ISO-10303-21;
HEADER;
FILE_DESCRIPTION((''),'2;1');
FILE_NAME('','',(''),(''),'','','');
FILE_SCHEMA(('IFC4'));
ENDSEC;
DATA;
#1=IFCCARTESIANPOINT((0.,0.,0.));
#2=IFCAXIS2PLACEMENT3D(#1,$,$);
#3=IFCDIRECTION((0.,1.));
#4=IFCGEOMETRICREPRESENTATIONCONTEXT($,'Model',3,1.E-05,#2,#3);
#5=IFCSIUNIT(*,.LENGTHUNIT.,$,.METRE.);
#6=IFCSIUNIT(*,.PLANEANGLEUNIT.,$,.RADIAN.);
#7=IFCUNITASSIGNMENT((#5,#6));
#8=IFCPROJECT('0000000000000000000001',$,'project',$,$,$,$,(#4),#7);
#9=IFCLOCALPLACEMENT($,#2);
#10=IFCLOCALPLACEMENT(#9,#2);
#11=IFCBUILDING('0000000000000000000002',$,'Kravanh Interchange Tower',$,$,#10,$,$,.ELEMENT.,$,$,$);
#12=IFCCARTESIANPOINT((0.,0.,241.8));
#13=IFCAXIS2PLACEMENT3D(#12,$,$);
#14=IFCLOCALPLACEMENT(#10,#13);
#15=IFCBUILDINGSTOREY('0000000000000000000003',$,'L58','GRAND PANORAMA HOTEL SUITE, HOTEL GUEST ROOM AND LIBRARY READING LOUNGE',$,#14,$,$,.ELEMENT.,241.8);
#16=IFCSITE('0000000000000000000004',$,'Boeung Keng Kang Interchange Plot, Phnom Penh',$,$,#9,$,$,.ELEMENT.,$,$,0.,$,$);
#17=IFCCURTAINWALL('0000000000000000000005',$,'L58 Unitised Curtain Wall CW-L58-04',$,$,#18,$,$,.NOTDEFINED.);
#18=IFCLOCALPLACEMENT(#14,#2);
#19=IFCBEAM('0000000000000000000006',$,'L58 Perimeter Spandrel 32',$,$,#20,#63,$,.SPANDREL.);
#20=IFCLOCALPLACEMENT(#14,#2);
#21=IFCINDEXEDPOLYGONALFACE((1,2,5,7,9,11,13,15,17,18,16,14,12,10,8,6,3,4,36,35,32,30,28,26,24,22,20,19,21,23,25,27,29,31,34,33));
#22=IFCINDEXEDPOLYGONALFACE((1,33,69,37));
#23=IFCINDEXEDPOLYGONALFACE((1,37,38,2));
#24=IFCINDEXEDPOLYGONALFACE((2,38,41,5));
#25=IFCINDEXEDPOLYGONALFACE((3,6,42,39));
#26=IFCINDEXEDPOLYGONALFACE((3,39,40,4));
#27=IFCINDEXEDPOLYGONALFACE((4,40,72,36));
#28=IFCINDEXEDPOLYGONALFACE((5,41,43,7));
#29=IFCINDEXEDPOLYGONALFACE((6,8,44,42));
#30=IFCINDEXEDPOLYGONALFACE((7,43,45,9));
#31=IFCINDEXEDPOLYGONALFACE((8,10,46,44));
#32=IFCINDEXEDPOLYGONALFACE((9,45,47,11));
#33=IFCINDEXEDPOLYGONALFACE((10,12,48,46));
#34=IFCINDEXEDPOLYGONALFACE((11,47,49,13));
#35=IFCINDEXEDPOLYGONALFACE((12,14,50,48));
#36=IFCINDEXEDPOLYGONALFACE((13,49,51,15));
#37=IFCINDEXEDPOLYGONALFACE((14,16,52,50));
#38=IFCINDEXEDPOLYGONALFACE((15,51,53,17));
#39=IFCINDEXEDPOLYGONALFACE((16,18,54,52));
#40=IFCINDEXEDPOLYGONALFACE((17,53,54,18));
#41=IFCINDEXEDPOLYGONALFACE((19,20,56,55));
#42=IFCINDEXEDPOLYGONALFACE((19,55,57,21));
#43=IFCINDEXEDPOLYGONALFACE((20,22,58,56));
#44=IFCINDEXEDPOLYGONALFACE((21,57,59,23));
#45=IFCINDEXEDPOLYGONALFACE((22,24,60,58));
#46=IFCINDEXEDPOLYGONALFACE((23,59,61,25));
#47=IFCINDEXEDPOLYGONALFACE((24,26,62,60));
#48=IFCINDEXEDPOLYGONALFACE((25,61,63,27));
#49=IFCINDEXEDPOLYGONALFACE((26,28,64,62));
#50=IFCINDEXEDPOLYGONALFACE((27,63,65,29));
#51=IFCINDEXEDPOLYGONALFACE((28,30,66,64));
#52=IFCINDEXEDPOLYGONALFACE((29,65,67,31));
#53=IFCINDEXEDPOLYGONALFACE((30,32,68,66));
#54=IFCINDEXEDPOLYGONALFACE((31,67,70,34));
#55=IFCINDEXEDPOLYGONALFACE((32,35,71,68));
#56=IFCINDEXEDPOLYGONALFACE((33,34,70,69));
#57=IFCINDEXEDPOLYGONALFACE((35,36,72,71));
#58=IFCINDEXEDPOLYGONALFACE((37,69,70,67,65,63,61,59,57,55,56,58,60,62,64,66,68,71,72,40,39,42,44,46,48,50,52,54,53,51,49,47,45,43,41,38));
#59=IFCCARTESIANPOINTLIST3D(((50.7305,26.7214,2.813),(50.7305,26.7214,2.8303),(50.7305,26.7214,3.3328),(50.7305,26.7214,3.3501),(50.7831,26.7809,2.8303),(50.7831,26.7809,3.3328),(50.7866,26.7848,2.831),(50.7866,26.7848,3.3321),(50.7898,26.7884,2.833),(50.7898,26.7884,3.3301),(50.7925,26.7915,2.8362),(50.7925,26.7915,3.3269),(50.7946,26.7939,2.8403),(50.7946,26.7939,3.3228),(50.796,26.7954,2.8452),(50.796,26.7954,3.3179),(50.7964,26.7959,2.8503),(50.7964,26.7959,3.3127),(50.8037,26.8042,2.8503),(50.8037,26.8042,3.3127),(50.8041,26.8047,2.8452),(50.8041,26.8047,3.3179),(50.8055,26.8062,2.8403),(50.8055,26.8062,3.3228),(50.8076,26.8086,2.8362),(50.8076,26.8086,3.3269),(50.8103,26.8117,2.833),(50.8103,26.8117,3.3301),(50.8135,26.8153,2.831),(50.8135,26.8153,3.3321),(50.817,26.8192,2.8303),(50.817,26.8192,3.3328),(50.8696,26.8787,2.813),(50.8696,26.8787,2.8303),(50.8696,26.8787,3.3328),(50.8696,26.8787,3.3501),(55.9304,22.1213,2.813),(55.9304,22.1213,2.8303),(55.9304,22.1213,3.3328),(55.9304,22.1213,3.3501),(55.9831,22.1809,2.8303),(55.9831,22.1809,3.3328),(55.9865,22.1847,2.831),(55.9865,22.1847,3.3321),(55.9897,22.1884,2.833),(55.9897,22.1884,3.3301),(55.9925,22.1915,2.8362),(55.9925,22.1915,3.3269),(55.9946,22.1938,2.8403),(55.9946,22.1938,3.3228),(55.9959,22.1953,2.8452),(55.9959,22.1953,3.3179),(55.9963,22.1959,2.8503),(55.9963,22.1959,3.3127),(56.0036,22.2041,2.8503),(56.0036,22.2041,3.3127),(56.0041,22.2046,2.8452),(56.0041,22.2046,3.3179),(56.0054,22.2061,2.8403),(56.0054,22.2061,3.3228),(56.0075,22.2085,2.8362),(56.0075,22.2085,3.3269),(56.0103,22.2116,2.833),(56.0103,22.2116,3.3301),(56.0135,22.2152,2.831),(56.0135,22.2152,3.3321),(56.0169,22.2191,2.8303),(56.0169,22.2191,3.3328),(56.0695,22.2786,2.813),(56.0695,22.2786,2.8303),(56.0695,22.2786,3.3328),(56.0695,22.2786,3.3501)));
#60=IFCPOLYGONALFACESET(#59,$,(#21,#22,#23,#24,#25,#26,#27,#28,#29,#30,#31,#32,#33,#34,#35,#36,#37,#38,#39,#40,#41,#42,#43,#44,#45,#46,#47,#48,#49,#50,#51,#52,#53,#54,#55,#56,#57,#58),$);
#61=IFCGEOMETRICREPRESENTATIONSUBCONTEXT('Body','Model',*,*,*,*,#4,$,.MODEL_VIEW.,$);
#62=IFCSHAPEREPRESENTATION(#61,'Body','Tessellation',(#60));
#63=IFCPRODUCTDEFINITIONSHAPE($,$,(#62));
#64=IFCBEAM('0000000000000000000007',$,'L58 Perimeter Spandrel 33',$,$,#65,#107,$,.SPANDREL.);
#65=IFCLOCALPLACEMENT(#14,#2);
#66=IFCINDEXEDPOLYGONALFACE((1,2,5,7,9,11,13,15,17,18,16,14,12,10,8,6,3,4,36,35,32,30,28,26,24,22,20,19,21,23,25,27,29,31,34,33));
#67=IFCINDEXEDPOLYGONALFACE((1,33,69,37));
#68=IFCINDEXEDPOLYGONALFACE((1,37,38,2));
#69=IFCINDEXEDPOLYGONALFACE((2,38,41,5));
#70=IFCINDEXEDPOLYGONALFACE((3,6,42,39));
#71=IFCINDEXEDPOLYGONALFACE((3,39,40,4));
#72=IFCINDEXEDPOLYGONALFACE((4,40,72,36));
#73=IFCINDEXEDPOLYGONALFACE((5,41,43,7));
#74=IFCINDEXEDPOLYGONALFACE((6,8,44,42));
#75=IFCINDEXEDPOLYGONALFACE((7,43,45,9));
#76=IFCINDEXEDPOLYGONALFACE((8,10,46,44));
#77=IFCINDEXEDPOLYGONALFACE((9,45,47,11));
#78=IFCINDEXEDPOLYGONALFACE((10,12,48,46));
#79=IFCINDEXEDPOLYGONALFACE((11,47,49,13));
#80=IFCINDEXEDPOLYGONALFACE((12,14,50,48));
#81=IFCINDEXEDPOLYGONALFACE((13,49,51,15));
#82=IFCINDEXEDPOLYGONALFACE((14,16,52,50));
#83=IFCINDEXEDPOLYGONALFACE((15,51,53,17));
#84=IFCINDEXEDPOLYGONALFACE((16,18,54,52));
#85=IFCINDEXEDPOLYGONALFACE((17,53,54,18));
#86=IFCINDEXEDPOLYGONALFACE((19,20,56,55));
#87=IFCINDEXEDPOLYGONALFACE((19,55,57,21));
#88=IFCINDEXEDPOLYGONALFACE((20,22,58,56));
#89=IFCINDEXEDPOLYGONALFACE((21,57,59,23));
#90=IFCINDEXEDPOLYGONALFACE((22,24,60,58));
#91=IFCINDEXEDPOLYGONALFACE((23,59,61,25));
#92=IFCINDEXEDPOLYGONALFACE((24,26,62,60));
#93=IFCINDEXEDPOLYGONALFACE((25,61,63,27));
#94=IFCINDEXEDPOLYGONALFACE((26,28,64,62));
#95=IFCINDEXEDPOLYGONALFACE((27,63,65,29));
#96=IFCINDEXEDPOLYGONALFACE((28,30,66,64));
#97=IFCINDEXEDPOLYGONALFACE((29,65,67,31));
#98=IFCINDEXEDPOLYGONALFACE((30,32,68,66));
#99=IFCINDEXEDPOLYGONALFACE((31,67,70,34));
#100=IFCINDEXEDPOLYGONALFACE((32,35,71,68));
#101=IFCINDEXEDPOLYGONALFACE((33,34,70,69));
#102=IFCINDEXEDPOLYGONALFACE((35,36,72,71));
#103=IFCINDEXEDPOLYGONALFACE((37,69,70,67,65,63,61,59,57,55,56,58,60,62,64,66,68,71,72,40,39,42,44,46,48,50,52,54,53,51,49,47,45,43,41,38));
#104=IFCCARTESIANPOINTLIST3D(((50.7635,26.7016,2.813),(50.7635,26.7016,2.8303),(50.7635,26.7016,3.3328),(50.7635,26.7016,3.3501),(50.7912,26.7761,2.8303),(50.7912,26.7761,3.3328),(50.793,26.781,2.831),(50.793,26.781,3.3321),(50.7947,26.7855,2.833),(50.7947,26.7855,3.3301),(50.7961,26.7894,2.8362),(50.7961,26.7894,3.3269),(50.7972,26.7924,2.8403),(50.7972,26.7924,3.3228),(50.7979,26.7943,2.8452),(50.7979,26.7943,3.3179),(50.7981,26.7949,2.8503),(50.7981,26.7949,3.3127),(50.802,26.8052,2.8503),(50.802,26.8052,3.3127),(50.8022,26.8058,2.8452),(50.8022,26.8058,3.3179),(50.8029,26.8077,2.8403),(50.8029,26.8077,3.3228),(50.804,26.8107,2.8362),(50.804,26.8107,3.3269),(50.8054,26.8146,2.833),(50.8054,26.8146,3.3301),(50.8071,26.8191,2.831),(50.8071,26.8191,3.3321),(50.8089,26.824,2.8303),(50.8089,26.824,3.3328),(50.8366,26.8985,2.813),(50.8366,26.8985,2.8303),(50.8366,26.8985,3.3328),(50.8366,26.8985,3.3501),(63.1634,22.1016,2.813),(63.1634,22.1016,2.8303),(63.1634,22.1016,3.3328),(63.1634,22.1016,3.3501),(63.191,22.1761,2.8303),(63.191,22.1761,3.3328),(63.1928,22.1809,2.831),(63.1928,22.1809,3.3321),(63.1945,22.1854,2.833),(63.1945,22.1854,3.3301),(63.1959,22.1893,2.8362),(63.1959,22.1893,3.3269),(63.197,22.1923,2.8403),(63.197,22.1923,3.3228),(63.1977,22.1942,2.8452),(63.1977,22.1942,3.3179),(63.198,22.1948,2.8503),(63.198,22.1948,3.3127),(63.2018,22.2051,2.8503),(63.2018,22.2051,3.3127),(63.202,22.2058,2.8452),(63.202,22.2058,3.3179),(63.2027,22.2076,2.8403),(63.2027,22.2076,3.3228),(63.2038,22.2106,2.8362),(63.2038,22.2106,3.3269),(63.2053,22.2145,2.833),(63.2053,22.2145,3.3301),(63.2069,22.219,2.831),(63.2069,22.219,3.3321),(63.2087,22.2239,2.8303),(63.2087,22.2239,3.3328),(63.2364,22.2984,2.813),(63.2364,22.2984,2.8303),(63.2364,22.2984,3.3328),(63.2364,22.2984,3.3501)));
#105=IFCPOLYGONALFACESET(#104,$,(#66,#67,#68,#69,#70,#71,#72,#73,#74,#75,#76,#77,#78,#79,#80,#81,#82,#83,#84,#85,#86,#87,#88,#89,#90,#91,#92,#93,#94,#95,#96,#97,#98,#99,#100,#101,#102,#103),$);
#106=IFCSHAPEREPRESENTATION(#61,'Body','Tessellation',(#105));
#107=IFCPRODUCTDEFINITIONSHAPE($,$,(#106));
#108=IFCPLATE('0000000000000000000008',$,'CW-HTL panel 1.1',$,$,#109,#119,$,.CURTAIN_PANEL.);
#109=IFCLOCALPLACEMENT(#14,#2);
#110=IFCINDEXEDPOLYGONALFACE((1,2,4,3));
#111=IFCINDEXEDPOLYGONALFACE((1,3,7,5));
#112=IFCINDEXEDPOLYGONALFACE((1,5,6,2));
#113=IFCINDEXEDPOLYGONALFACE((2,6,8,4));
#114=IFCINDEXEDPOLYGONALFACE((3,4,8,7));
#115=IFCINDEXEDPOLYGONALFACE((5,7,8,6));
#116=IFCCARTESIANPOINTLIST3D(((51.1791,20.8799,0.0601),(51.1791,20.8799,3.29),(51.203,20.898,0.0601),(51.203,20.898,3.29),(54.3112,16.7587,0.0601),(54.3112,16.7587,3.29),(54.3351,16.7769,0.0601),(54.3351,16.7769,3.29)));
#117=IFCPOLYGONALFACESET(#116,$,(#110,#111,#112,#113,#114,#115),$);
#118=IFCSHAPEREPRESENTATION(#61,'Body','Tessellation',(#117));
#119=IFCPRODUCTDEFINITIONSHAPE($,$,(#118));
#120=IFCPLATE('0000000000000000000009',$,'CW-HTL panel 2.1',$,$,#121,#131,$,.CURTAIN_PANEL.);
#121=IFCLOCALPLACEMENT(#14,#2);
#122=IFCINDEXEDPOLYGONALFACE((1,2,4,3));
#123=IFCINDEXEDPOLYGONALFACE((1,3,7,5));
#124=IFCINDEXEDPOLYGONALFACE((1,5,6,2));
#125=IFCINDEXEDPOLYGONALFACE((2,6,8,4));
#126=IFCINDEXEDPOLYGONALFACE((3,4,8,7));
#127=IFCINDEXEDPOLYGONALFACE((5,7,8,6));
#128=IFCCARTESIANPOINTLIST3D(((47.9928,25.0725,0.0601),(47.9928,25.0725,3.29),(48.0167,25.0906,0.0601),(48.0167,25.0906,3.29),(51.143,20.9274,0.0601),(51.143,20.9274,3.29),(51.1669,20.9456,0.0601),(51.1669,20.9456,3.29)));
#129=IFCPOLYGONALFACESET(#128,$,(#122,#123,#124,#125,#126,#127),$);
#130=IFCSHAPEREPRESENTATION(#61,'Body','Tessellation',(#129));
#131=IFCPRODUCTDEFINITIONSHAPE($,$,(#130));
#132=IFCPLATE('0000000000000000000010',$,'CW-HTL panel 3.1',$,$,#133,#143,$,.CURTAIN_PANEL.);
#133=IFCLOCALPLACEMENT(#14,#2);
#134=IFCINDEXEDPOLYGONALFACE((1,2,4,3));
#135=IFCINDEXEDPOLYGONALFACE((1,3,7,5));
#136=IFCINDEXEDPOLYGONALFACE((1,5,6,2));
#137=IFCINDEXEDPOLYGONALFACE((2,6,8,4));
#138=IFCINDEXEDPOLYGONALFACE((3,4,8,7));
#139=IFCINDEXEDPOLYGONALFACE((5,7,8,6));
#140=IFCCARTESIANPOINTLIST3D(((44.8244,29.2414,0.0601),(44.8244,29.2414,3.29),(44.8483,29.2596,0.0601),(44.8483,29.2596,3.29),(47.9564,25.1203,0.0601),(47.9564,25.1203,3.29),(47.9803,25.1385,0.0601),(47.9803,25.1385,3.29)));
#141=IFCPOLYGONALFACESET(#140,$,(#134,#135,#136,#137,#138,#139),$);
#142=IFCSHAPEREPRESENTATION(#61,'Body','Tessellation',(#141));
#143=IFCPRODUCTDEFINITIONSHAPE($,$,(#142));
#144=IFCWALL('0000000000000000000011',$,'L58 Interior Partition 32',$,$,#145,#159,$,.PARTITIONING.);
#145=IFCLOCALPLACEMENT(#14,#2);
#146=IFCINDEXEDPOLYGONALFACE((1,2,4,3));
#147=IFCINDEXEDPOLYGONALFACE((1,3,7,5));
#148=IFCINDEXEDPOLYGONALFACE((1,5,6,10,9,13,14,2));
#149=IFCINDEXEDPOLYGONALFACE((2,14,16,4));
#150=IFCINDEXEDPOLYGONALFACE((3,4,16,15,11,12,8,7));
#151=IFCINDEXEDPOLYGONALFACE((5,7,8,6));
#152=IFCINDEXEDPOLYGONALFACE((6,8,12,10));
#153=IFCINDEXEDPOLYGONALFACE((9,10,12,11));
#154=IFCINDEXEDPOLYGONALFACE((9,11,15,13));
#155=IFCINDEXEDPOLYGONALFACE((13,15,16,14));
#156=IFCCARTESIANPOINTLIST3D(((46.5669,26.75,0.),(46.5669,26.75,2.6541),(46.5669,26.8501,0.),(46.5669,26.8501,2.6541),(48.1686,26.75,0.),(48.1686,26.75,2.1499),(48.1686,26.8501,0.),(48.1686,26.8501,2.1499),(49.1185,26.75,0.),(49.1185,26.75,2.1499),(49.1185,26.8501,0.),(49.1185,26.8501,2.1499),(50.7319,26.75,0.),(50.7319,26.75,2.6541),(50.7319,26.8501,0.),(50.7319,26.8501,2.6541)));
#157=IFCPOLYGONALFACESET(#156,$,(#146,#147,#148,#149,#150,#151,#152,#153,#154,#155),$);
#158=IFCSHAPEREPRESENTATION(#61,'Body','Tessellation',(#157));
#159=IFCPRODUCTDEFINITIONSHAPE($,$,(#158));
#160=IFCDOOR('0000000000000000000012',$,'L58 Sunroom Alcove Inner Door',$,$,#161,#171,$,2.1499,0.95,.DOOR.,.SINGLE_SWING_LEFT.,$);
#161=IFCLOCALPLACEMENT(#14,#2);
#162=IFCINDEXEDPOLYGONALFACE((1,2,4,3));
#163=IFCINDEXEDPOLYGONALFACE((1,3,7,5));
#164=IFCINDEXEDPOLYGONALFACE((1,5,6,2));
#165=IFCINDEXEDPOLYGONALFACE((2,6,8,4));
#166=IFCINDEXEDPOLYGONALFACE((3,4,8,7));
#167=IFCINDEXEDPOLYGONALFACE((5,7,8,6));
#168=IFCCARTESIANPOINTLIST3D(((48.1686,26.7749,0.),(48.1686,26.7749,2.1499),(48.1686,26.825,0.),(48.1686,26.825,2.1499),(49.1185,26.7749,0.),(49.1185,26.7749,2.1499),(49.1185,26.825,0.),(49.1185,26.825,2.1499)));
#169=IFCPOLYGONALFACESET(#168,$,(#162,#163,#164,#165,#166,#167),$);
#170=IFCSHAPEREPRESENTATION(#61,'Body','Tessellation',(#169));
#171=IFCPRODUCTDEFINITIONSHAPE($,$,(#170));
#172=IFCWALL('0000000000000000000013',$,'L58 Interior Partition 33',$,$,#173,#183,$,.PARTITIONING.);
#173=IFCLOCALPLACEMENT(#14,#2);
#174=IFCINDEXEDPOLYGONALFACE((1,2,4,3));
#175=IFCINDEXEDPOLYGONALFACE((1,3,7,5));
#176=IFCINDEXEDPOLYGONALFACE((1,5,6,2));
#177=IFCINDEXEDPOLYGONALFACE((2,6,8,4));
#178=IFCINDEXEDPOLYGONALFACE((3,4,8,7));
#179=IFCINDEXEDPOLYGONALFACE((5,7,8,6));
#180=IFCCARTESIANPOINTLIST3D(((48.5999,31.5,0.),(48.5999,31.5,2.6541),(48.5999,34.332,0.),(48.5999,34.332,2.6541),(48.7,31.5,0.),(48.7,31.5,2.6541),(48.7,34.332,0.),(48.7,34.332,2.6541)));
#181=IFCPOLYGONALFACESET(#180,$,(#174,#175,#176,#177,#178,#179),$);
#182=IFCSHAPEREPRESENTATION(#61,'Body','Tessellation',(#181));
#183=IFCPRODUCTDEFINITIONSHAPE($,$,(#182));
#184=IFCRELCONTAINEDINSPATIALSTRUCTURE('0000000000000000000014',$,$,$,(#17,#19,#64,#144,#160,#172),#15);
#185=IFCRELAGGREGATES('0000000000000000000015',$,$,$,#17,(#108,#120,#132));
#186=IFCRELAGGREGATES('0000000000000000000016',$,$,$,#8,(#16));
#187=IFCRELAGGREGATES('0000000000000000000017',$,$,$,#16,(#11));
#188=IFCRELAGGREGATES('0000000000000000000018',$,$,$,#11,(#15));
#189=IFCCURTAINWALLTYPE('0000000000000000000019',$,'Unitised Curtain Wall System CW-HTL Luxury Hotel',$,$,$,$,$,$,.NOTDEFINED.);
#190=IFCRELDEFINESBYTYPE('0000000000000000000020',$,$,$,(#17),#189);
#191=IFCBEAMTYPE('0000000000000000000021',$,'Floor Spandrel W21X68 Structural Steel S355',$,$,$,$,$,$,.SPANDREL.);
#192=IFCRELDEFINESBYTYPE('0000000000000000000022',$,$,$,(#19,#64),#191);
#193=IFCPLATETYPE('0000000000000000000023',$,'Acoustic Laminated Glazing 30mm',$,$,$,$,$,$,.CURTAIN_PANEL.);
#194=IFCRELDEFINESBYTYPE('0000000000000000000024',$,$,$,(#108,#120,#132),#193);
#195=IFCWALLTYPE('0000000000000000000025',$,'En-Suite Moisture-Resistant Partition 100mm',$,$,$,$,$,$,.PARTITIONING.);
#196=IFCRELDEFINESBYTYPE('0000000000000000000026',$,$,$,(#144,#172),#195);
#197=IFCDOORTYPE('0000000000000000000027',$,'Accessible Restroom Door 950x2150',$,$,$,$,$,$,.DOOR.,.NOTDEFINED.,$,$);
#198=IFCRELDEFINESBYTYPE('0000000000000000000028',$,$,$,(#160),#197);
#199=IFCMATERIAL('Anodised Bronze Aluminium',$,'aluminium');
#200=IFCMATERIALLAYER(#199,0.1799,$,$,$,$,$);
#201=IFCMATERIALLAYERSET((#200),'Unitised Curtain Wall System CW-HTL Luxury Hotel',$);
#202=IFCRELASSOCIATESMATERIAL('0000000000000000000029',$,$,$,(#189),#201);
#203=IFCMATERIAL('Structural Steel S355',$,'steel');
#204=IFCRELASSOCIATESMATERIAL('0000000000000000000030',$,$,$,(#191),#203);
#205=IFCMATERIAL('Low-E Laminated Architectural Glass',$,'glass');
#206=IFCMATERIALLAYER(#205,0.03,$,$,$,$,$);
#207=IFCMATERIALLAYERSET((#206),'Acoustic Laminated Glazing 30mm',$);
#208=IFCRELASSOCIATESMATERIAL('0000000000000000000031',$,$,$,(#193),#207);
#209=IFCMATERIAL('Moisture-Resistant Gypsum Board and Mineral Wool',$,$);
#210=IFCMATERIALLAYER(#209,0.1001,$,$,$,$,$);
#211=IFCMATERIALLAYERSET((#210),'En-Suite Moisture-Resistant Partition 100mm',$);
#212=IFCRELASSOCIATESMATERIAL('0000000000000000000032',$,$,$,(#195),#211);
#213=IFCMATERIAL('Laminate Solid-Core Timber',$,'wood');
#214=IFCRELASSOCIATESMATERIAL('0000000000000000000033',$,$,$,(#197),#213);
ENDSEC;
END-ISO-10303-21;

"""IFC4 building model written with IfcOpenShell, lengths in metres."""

from ifc_helpers import new_model, si_unit, direction, frame, frame_2d, origin, origin_2d, place, context, subcontext, project, spatial, rectangle, i_section, extrude, material, layer, layer_set, material_profile, profile_set, type_object, element, fill, aggregate, save


model = new_model("IFC4")

# Units and contexts
model_context = context("Model", 3, precision=1e-05, world=origin(), true_north=direction((0.0, 1.0)))
body_context = subcontext(model_context, "Body", "Model", "MODEL_VIEW")
ifc_project = project(units=[si_unit("LENGTHUNIT", "METRE"), si_unit("PLANEANGLEUNIT", "RADIAN")], contexts=[model_context])

# Site, building, storey
site_placement = place(None, origin())
site = spatial("IfcSite", under=ifc_project, at=site_placement, Name="Boeung Keng Kang Interchange Plot, Phnom Penh", CompositionType="ELEMENT", RefElevation=0.0)
building_placement = place(site_placement, origin())
building = spatial("IfcBuilding", under=site, at=building_placement, Name="Kravanh Interchange Tower", CompositionType="ELEMENT")
storey_placement = place(building_placement, frame((0.0, 0.0, 241.8)))
storey = spatial("IfcBuildingStorey", under=building, at=storey_placement, Name="L58", Description="GRAND PANORAMA HOTEL SUITE, HOTEL GUEST ROOM AND LIBRARY READING LOUNGE", CompositionType="ELEMENT", Elevation=241.8)

# Shared definitions
ifc_material_1 = material(Name="Anodised Bronze Aluminium", Category="aluminium")
ifc_layer_1 = layer(ifc_material_1, 0.1799)
ifc_layer_set_1 = layer_set([ifc_layer_1], Name="Unitised Curtain Wall System CW-HTL Luxury Hotel")
curtain_wall_type = type_object("IfcCurtainWallType", Name="Unitised Curtain Wall System CW-HTL Luxury Hotel", PredefinedType="NOTDEFINED", material=ifc_layer_set_1)

# Curtain wall
curtain_wall_1_placement = place(storey_placement, origin())
curtain_wall_1 = element("IfcCurtainWall", 1, at=curtain_wall_1_placement, inside=storey, type_object=curtain_wall_type, Name="L58 Unitised Curtain Wall CW-L58-04", PredefinedType="NOTDEFINED")

# Beams
ifc_material_2 = material(Name="Structural Steel S355", Category="steel")
ifc_material_profile_1 = material_profile(ifc_material_2, i_section(OverallWidth=0.21, OverallDepth=0.5371, WebThickness=0.011, FlangeThickness=0.0173, FilletRadius=0.02, at=origin_2d()), Name="W21X68")
ifc_profile_set_1 = profile_set([ifc_material_profile_1], Name="Structural Steel S355")
beam_type_1 = type_object("IfcBeamType", Name="Floor Spandrel W21X68 Structural Steel S355", PredefinedType="SPANDREL", material=ifc_profile_set_1)
beam_1_placement = place(storey_placement, frame((50.8, 26.8, 3.0815), z_axis=(0.748986, -0.662585, 0.0), x_axis=(0.662585, 0.748986, 0.0)))
element("IfcBeam", 2, at=beam_1_placement, inside=storey, type_object=beam_type_1, Name="L58 Perimeter Spandrel 32", PredefinedType="SPANDREL", context=body_context, shape_type="SweptSolid", body=[
    extrude(i_section(OverallWidth=0.21, OverallDepth=0.5371, WebThickness=0.011, FlangeThickness=0.0173, FilletRadius=0.02, at=origin_2d()), origin(), (0.0, 0.0, 1.0), 6.9426),
])
beam_2_placement = place(storey_placement, frame((50.8, 26.8, 3.0815), z_axis=(0.937563, -0.347816, 0.0), x_axis=(0.347816, 0.937563, 0.0)))
element("IfcBeam", 3, at=beam_2_placement, inside=storey, type_object=beam_type_1, Name="L58 Perimeter Spandrel 33", PredefinedType="SPANDREL", context=body_context, shape_type="SweptSolid", body=[
    extrude(i_section(OverallWidth=0.21, OverallDepth=0.5371, WebThickness=0.011, FlangeThickness=0.0173, FilletRadius=0.02, at=origin_2d()), origin(), (0.0, 0.0, 1.0), 13.2256),
])

# Plates
ifc_material_3 = material(Name="Low-E Laminated Architectural Glass", Category="glass")
ifc_layer_2 = layer(ifc_material_3, 0.03)
ifc_layer_set_2 = layer_set([ifc_layer_2], Name="Acoustic Laminated Glazing 30mm")
plate_type = type_object("IfcPlateType", Name="Acoustic Laminated Glazing 30mm", PredefinedType="CURTAIN_PANEL", material=ifc_layer_set_2)
plate_1_placement = place(storey_placement, frame((52.7571, 18.8284, 0.0601), z_axis=(0.0, 0.0, 1.0), x_axis=(-0.605083, 0.796162, 0.0)))
plate_1 = element("IfcPlate", 4, at=plate_1_placement, type_object=plate_type, Name="CW-HTL panel 1.1", PredefinedType="CURTAIN_PANEL", context=body_context, shape_type="SweptSolid", body=[
    extrude(rectangle(XDim=5.1763, YDim=0.03, at=origin_2d()), origin(), (0.0, 0.0, 1.0), 3.23),
])
plate_2_placement = place(storey_placement, frame((49.5798, 23.009, 0.0601), z_axis=(0.0, 0.0, 1.0), x_axis=(-0.605083, 0.796162, 0.0)))
plate_2 = element("IfcPlate", 5, at=plate_2_placement, type_object=plate_type, Name="CW-HTL panel 2.1", PredefinedType="CURTAIN_PANEL", context=body_context, shape_type="SweptSolid", body=[
    extrude(rectangle(XDim=5.2063, YDim=0.03, at=origin_2d()), origin(), (0.0, 0.0, 1.0), 3.23),
])
plate_3_placement = place(storey_placement, frame((46.4023, 27.1899, 0.0601), z_axis=(0.0, 0.0, 1.0), x_axis=(-0.605083, 0.796162, 0.0)))
plate_3 = element("IfcPlate", 6, at=plate_3_placement, type_object=plate_type, Name="CW-HTL panel 3.1", PredefinedType="CURTAIN_PANEL", context=body_context, shape_type="SweptSolid", body=[
    extrude(rectangle(XDim=5.1763, YDim=0.03, at=origin_2d()), origin(), (0.0, 0.0, 1.0), 3.23),
])
aggregate(curtain_wall_1, [plate_1, plate_2, plate_3])

# Wall, opening, door
ifc_material_4 = material(Name="Moisture-Resistant Gypsum Board and Mineral Wool")
ifc_layer_3 = layer(ifc_material_4, 0.1001)
ifc_layer_set_3 = layer_set([ifc_layer_3], Name="En-Suite Moisture-Resistant Partition 100mm")
wall_type_1 = type_object("IfcWallType", Name="En-Suite Moisture-Resistant Partition 100mm", PredefinedType="PARTITIONING", material=ifc_layer_set_3)
wall_1_placement = place(storey_placement, frame((46.5669, 26.8, 0.0), z_axis=(0.0, 0.0, 1.0), x_axis=(1.0, 0.0, 0.0)))
wall_1 = element("IfcWall", 7, at=wall_1_placement, inside=storey, type_object=wall_type_1, Name="L58 Interior Partition 32", PredefinedType="PARTITIONING", context=body_context, shape_type="SweptSolid", body=[
    extrude(rectangle(XDim=4.165, YDim=0.1001, at=frame_2d((2.0825, 0.0))), origin(), (0.0, 0.0, 1.0), 2.6541),
])
opening_1_placement = place(wall_1_placement, frame((1.6016, 0.0, 0.0)))
opening_1 = element("IfcOpeningElement", 8, at=opening_1_placement, cuts=wall_1, PredefinedType="OPENING", context=body_context, shape_type="SweptSolid", body=[
    extrude(rectangle(XDim=0.95, YDim=2.1499, at=frame_2d((0.4751, 1.075))), frame((0.0, 0.0601, 0.0), z_axis=(0.0, -1.0, 0.0), x_axis=(1.0, 0.0, 0.0)), (0.0, 0.0, 1.0), 0.1201),
])
ifc_material_5 = material(Name="Laminate Solid-Core Timber", Category="wood")
door_type_1 = type_object("IfcDoorType", Name="Accessible Restroom Door 950x2150", OperationType="NOTDEFINED", PredefinedType="DOOR", material=ifc_material_5)
door_1_placement = place(opening_1_placement, origin())
door_1 = element("IfcDoor", 9, at=door_1_placement, inside=storey, type_object=door_type_1, Name="L58 Sunroom Alcove Inner Door", OperationType="SINGLE_SWING_LEFT", OverallHeight=2.1499, OverallWidth=0.95, PredefinedType="DOOR", context=body_context, shape_type="SweptSolid", body=[
    extrude(rectangle(XDim=0.95, YDim=2.1499, at=frame_2d((0.4751, 1.075))), frame((0.0, 0.0249, 0.0), z_axis=(0.0, -1.0, 0.0), x_axis=(1.0, 0.0, 0.0)), (0.0, 0.0, 1.0), 0.05),
])
fill(opening_1, door_1)

# Wall
wall_2_placement = place(storey_placement, frame((48.6499, 31.5, 0.0), z_axis=(0.0, 0.0, 1.0), x_axis=(0.0, 1.0, 0.0)))
element("IfcWall", 10, at=wall_2_placement, inside=storey, type_object=wall_type_1, Name="L58 Interior Partition 33", PredefinedType="PARTITIONING", context=body_context, shape_type="SweptSolid", body=[
    extrude(rectangle(XDim=2.832, YDim=0.1001, at=frame_2d((1.416, 0.0))), origin(), (0.0, 0.0, 1.0), 2.6541),
])

save(model, "model.ifc")
